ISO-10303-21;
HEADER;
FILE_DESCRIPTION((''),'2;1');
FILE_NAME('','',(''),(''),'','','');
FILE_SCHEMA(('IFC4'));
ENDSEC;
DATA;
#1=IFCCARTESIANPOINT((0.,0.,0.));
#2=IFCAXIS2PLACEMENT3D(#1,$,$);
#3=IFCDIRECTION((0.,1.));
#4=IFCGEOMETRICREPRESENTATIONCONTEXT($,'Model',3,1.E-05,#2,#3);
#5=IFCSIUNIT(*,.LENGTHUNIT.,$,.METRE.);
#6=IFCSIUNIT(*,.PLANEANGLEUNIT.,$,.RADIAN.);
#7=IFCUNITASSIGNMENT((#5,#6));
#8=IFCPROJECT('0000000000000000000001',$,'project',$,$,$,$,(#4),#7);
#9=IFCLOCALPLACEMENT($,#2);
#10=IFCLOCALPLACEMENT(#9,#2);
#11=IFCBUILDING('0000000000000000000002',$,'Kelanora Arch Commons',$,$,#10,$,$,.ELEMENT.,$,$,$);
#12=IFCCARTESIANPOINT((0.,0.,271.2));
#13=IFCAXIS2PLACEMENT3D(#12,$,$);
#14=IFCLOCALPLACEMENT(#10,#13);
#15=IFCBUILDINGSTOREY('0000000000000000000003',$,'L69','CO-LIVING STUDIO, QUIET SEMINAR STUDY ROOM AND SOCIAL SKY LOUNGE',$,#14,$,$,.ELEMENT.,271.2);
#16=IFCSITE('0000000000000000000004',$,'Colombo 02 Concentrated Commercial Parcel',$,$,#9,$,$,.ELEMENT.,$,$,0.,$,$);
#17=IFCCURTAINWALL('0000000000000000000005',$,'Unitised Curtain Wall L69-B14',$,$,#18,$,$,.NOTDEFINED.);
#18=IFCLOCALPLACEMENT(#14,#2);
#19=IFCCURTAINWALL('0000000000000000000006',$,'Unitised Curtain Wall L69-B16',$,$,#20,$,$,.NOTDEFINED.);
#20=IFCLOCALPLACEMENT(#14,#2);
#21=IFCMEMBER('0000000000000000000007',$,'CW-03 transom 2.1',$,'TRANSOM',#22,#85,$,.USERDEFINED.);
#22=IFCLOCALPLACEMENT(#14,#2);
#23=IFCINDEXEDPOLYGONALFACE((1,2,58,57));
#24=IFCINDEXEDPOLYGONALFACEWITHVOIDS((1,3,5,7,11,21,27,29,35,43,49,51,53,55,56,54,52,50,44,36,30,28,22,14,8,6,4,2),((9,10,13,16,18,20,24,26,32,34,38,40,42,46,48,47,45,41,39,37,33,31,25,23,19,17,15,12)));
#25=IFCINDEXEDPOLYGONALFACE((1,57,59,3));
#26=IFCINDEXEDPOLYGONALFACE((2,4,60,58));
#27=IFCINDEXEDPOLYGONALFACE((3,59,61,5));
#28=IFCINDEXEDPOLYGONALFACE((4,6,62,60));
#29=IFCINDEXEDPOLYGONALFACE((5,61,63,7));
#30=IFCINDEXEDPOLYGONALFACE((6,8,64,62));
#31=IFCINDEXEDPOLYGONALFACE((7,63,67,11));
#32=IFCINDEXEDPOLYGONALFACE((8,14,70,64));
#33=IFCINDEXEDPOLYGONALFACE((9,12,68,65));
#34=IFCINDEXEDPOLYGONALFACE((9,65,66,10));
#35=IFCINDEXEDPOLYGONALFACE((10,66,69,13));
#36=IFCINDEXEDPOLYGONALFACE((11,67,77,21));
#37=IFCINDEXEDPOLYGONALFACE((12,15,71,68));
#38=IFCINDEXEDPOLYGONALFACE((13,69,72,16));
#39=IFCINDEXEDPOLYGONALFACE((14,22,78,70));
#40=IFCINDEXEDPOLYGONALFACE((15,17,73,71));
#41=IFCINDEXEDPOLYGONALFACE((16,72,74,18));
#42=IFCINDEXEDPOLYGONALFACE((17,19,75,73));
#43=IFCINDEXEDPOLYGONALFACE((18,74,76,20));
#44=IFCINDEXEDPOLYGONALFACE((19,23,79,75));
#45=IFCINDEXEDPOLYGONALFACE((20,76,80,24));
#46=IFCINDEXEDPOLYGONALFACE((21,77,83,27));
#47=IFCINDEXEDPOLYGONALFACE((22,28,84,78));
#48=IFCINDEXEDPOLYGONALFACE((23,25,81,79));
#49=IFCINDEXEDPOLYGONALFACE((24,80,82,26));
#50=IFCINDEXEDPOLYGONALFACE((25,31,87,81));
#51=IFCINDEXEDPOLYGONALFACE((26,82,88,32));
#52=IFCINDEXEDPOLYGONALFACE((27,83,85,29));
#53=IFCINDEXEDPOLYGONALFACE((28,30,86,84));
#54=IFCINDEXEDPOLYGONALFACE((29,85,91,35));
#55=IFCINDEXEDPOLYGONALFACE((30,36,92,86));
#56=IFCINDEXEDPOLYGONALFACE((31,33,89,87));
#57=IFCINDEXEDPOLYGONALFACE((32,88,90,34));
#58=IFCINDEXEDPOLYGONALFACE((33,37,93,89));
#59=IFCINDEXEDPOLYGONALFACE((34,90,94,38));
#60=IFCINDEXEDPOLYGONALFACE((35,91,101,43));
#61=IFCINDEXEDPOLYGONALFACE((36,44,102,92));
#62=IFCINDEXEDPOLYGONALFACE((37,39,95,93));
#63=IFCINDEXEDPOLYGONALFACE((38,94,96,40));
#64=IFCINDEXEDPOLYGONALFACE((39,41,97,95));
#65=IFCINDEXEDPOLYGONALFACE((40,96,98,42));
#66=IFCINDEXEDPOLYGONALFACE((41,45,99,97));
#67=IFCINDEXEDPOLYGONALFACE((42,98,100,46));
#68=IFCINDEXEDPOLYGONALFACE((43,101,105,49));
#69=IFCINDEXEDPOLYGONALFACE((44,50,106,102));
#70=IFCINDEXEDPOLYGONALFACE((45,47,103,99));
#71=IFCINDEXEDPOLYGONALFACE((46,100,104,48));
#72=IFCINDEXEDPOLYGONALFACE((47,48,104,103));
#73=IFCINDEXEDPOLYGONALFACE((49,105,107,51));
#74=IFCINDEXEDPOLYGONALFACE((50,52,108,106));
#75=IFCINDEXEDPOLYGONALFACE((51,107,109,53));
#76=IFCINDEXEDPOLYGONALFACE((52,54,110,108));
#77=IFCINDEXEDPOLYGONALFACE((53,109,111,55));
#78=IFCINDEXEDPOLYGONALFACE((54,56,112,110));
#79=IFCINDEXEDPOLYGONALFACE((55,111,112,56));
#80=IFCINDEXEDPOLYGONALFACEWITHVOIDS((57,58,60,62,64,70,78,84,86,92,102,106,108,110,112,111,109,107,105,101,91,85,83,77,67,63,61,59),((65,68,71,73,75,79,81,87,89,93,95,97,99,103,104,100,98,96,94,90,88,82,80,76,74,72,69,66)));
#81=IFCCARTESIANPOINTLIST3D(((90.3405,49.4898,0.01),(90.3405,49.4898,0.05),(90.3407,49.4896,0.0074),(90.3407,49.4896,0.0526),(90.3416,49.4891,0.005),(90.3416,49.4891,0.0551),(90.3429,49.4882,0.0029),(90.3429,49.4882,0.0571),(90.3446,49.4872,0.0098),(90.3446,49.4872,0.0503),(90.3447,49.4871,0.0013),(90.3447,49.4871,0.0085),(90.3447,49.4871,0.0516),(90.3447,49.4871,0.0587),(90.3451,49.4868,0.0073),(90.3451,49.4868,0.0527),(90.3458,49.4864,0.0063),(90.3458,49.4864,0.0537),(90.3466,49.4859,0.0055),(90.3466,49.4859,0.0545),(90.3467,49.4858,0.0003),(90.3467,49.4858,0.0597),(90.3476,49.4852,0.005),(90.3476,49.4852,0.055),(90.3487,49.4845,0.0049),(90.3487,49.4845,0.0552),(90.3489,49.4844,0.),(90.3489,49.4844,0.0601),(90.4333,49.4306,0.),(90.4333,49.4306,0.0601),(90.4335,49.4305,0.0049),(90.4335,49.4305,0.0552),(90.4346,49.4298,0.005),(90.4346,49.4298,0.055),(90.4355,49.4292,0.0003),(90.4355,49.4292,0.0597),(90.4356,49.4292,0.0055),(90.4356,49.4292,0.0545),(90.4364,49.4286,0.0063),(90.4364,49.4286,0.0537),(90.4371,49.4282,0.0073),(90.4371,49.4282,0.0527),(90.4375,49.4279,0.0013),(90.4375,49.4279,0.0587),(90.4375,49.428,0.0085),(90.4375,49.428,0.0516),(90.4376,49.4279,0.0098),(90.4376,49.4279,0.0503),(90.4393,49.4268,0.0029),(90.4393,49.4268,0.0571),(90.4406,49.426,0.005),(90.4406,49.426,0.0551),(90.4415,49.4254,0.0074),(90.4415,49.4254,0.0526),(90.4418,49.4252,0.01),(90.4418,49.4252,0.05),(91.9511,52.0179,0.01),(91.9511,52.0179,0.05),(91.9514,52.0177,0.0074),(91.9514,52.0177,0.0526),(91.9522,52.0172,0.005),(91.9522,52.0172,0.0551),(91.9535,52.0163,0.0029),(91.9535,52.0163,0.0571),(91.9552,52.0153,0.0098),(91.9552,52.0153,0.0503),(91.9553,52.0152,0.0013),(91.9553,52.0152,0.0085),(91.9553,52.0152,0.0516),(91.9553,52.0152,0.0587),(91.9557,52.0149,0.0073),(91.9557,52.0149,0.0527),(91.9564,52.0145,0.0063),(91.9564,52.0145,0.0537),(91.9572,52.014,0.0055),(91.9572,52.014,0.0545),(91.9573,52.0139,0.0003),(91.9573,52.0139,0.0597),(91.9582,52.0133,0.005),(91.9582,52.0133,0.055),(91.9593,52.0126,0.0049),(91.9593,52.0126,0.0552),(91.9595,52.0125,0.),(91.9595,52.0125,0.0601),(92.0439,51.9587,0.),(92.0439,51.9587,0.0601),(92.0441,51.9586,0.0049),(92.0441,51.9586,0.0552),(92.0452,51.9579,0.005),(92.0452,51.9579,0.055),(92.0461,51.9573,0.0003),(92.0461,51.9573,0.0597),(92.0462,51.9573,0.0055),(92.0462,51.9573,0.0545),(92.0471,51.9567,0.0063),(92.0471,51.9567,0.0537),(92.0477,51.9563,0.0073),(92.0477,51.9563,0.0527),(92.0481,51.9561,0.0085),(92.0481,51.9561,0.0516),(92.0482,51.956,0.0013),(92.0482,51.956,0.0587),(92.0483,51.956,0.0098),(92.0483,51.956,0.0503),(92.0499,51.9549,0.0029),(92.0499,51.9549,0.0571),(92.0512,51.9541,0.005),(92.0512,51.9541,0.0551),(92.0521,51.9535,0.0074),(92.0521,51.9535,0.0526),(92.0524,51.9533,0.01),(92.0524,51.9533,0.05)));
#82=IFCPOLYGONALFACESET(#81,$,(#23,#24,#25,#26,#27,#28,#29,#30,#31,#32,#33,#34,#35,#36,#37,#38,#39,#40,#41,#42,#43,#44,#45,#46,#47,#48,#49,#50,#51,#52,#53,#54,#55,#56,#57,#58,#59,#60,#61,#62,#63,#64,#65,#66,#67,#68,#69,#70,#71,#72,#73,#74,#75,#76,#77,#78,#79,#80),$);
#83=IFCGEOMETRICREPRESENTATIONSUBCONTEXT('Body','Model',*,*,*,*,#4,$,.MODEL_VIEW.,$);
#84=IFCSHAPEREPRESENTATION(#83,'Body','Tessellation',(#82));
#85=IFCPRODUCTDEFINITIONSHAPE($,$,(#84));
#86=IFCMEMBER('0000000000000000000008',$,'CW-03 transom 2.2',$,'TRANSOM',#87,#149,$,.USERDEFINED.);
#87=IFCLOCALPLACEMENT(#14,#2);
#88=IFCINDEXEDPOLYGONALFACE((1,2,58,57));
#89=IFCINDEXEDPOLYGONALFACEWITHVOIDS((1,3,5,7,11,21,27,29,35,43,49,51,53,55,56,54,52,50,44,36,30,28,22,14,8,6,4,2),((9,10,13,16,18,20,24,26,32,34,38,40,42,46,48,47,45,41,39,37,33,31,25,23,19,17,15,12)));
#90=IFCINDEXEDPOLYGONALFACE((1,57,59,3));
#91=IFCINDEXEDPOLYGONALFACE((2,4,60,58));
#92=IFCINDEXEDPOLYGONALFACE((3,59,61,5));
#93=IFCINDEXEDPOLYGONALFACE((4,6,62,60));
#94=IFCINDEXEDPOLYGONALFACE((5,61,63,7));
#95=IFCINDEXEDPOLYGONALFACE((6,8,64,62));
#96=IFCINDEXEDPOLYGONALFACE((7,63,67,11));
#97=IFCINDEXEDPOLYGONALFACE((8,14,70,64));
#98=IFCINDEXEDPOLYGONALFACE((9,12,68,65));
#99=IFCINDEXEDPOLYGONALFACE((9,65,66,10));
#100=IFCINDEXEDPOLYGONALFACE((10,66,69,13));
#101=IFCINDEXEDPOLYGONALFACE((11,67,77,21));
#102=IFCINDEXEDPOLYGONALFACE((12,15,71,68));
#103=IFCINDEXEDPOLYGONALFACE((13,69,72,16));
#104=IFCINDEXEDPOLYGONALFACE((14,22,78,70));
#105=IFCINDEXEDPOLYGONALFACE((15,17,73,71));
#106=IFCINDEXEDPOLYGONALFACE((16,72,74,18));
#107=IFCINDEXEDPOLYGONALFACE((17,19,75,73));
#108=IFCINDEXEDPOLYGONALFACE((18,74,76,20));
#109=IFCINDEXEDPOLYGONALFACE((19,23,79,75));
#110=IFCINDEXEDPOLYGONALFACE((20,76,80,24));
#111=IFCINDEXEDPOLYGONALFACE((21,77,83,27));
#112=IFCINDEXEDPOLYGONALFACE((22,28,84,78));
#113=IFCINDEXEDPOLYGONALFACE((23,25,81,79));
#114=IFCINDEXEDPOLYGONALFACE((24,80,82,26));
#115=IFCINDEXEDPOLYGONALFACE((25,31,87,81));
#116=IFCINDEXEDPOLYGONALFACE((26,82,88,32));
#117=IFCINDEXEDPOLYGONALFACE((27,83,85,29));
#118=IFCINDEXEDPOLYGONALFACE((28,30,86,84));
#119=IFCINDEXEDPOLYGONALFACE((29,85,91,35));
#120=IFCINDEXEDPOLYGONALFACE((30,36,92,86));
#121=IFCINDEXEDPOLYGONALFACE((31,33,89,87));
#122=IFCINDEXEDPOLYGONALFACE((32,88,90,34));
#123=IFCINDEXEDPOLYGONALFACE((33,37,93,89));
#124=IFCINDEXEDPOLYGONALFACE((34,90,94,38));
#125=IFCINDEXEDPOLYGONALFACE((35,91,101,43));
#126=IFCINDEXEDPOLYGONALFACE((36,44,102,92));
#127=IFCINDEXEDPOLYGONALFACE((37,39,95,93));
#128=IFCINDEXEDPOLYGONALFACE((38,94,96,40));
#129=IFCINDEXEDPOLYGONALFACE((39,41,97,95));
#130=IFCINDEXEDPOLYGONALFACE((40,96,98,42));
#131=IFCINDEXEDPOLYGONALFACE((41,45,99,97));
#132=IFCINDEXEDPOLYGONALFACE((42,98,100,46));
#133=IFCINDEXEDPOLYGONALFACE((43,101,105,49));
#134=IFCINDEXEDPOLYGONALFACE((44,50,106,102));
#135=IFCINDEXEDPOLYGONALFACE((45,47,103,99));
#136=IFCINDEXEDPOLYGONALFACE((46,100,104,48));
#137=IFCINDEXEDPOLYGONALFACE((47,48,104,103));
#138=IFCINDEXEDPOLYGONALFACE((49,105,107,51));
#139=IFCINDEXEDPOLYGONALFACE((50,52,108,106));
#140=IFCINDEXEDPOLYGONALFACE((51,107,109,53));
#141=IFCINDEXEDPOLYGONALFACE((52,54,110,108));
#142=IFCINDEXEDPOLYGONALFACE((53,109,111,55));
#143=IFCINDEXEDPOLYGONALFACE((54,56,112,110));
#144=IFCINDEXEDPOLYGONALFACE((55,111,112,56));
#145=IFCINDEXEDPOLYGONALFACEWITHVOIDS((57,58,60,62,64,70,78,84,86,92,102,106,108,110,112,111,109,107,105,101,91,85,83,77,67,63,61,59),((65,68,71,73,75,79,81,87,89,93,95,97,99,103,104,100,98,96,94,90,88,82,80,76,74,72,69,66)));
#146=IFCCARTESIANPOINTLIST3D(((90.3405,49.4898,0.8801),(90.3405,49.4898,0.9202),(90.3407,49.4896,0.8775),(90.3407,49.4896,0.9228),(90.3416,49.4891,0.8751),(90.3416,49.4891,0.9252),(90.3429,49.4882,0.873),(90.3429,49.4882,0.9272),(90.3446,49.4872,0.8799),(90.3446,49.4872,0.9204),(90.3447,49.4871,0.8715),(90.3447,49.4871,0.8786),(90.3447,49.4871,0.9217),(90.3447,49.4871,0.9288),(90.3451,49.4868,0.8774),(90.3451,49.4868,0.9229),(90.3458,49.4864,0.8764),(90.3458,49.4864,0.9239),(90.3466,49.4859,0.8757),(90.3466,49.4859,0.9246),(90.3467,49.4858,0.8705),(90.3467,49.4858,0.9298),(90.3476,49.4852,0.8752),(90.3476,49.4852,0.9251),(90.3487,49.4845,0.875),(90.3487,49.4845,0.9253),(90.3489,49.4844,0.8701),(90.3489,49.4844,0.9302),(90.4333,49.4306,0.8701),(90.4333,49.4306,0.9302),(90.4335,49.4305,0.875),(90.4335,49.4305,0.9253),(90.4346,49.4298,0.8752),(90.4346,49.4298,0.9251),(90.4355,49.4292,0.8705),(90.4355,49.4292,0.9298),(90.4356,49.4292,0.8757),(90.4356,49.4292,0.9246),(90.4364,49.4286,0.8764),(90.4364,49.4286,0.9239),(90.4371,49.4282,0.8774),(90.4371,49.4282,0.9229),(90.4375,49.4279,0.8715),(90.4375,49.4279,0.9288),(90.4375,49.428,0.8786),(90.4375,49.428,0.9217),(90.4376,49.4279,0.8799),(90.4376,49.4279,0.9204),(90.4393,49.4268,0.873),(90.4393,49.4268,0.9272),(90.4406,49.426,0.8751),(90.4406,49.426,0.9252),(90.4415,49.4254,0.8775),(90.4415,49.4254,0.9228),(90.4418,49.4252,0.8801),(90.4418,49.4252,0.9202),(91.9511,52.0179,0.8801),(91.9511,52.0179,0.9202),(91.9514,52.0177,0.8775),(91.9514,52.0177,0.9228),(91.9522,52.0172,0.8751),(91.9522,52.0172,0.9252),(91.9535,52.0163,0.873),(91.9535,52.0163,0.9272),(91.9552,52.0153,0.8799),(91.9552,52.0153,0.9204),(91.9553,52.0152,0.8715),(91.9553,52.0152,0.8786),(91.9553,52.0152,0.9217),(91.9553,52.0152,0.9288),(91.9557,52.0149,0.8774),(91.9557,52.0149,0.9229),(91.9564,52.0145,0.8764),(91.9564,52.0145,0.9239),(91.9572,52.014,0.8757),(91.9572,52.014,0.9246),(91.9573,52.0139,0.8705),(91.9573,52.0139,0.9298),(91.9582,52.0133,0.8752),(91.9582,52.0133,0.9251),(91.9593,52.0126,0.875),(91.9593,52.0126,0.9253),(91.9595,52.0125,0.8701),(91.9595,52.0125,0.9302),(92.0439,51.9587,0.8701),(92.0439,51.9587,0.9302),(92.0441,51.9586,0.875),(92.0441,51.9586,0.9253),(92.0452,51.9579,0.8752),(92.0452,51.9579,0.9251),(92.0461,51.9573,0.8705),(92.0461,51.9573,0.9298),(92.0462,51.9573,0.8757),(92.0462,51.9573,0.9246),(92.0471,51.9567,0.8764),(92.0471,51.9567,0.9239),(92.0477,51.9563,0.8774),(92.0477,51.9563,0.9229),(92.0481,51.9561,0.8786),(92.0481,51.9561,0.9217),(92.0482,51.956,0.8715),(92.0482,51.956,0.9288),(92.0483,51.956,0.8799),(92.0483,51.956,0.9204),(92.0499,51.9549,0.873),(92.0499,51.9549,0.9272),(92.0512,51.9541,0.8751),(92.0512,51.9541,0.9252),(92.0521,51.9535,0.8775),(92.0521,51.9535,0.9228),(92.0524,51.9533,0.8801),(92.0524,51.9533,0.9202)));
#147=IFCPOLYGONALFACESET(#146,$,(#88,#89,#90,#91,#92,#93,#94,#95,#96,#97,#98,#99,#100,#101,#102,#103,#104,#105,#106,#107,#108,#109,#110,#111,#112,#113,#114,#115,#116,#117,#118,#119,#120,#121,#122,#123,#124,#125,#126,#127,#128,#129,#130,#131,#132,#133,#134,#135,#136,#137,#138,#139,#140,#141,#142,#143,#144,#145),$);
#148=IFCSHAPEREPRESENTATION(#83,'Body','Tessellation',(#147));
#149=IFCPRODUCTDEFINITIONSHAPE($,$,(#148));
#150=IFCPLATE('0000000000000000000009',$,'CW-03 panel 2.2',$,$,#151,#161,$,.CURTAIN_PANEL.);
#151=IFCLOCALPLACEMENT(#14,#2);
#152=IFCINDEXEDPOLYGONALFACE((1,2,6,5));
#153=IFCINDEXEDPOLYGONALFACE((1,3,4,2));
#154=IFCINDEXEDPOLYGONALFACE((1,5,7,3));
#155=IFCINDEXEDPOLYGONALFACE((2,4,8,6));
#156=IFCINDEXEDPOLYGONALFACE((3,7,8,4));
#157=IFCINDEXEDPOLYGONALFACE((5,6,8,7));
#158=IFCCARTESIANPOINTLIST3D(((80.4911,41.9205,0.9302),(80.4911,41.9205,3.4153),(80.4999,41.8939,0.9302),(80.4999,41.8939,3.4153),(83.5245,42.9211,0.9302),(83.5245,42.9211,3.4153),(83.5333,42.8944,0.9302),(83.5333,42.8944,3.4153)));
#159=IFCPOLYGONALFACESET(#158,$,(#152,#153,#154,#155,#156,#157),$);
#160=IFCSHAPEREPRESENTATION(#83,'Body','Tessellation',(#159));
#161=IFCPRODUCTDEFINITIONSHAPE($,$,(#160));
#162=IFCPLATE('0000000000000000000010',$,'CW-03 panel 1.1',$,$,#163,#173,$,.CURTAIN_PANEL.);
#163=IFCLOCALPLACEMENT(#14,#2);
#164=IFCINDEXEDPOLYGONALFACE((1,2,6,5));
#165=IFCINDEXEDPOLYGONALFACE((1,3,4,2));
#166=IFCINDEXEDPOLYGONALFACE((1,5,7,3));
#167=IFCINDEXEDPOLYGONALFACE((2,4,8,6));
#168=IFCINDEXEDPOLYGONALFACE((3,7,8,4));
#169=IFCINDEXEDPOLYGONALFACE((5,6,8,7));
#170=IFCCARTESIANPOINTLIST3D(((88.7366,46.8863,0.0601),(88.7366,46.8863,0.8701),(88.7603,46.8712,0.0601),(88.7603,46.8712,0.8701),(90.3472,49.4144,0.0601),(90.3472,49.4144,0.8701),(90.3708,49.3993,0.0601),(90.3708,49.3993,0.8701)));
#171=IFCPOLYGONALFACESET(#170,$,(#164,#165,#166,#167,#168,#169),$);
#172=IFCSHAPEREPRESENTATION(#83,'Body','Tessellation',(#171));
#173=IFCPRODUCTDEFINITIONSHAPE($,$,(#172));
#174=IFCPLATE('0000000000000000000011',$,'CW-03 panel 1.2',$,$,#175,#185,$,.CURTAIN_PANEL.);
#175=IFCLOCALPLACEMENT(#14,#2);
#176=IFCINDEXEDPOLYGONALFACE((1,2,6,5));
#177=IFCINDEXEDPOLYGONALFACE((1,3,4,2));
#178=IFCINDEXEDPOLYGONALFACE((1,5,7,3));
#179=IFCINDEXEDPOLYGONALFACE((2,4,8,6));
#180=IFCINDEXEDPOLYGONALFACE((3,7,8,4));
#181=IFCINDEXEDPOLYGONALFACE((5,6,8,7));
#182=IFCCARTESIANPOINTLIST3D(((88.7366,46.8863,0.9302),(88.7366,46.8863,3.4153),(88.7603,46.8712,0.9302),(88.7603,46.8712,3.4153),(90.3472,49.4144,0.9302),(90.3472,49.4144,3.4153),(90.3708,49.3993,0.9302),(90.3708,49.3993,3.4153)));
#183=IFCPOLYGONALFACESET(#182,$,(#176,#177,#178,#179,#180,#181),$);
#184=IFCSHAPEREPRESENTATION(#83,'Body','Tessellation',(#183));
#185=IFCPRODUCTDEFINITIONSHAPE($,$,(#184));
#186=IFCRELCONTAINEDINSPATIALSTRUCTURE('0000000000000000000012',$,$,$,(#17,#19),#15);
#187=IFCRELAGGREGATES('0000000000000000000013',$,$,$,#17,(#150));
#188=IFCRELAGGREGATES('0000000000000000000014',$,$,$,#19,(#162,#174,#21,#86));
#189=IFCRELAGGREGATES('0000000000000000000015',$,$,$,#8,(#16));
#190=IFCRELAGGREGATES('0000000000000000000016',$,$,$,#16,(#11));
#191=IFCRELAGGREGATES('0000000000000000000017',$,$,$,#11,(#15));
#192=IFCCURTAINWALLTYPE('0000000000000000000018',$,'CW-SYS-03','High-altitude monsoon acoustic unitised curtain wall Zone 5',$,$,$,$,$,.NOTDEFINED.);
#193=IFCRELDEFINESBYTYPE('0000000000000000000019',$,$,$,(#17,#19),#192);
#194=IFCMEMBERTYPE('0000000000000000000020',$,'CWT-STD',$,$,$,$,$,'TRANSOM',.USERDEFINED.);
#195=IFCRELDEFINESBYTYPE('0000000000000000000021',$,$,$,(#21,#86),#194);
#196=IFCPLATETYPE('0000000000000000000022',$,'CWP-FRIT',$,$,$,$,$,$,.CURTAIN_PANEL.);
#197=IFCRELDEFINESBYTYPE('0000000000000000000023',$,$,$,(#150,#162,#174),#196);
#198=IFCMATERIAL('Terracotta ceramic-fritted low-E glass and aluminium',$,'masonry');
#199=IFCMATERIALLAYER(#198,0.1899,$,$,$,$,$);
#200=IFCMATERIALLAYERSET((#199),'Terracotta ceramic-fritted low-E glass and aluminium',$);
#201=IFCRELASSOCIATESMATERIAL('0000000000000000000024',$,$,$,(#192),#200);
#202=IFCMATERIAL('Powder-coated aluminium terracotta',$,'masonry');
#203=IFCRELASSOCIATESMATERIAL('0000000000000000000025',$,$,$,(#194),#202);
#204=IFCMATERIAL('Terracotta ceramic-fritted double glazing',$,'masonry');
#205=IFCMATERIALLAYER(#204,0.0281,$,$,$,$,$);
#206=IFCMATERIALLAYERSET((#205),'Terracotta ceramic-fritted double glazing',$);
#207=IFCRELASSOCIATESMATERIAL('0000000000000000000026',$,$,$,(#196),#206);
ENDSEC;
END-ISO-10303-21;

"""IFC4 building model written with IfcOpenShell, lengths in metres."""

from ifc_helpers import new_model, si_unit, direction, frame, origin, origin_2d, place, context, subcontext, project, spatial, rectangle, hollow_rectangle, extrude, source, transform, mapped, material, layer, layer_set, material_profile, profile_set, type_object, element, aggregate, save


model = new_model("IFC4")

# Units and contexts
model_context = context("Model", 3, precision=1e-05, world=origin(), true_north=direction((0.0, 1.0)))
body_context = subcontext(model_context, "Body", "Model", "MODEL_VIEW")
ifc_project = project(units=[si_unit("LENGTHUNIT", "METRE"), si_unit("PLANEANGLEUNIT", "RADIAN")], contexts=[model_context])

# Site, building, storey
site_placement = place(None, origin())
site = spatial("IfcSite", under=ifc_project, at=site_placement, Name="Colombo 02 Concentrated Commercial Parcel", CompositionType="ELEMENT", RefElevation=0.0)
building_placement = place(site_placement, origin())
building = spatial("IfcBuilding", under=site, at=building_placement, Name="Kelanora Arch Commons", CompositionType="ELEMENT")
storey_placement = place(building_placement, frame((0.0, 0.0, 271.2)))
storey = spatial("IfcBuildingStorey", under=building, at=storey_placement, Name="L69", Description="CO-LIVING STUDIO, QUIET SEMINAR STUDY ROOM AND SOCIAL SKY LOUNGE", CompositionType="ELEMENT", Elevation=271.2)

# Curtain wall
ifc_material_1 = material(Name="Terracotta ceramic-fritted low-E glass and aluminium", Category="masonry")
ifc_layer_1 = layer(ifc_material_1, 0.1899)
ifc_layer_set_1 = layer_set([ifc_layer_1], Name="Terracotta ceramic-fritted low-E glass and aluminium")
curtain_wall_type = type_object("IfcCurtainWallType", Name="CW-SYS-03", Description="High-altitude monsoon acoustic unitised curtain wall Zone 5", PredefinedType="NOTDEFINED", material=ifc_layer_set_1)
curtain_wall_1_placement = place(storey_placement, origin())
curtain_wall_1 = element("IfcCurtainWall", 1, at=curtain_wall_1_placement, inside=storey, type_object=curtain_wall_type, Name="Unitised Curtain Wall L69-B14", PredefinedType="NOTDEFINED")
ifc_material_2 = material(Name="Powder-coated aluminium terracotta", Category="masonry")

# Curtain wall, members
curtain_wall_2_placement = place(storey_placement, origin())
curtain_wall_2 = element("IfcCurtainWall", 2, at=curtain_wall_2_placement, inside=storey, type_object=curtain_wall_type, Name="Unitised Curtain Wall L69-B16", PredefinedType="NOTDEFINED")
ifc_material_profile_1 = material_profile(ifc_material_2, hollow_rectangle(XDim=0.1201, YDim=0.0601, WallThickness=0.0049, InnerFilletRadius=0.0049, OuterFilletRadius=0.01, at=origin_2d()), Name="CWT120x60")
ifc_profile_set_1 = profile_set([ifc_material_profile_1], Name="Powder-coated aluminium terracotta")
member_type_1 = type_object("IfcMemberType", Name="CWT-STD", ElementType="TRANSOM", PredefinedType="USERDEFINED", material=ifc_profile_set_1)
member_1_placement = place(storey_placement, frame((90.3911, 49.4575, 0.03), z_axis=(0.537308, 0.843386, 0.0), x_axis=(-0.843386, 0.537308, 0.0)))
member_1 = element("IfcMember", 3, at=member_1_placement, type_object=member_type_1, Name="CW-03 transom 2.1", ObjectType="TRANSOM", PredefinedType="USERDEFINED", context=body_context, shape_type="SweptSolid", body=[
    extrude(hollow_rectangle(XDim=0.1201, YDim=0.0601, WallThickness=0.0049, InnerFilletRadius=0.0049, OuterFilletRadius=0.01, at=origin_2d()), origin(), (0.0, 0.0, 1.0), 2.9976),
])
member_2_placement = place(storey_placement, frame((90.3911, 49.4575, 0.9001), z_axis=(0.537308, 0.843386, 0.0), x_axis=(-0.843386, 0.537308, 0.0)))
member_2 = element("IfcMember", 4, at=member_2_placement, type_object=member_type_1, Name="CW-03 transom 2.2", ObjectType="TRANSOM", PredefinedType="USERDEFINED", context=body_context, shape_type="SweptSolid", body=[
    extrude(hollow_rectangle(XDim=0.1201, YDim=0.0601, WallThickness=0.0049, InnerFilletRadius=0.0049, OuterFilletRadius=0.01, at=origin_2d()), origin(), (0.0, 0.0, 1.0), 2.9976),
])

# Plates
ifc_material_3 = material(Name="Terracotta ceramic-fritted double glazing", Category="masonry")
ifc_layer_2 = layer(ifc_material_3, 0.0281)
ifc_layer_set_2 = layer_set([ifc_layer_2], Name="Terracotta ceramic-fritted double glazing")
plate_type = type_object("IfcPlateType", Name="CWP-FRIT", PredefinedType="CURTAIN_PANEL", material=ifc_layer_set_2)
shared_shape_1 = source(origin(), body_context, "Body", "SweptSolid", [
    extrude(rectangle(XDim=3.1941, YDim=0.0281, at=origin_2d()), origin(), (0.0, 0.0, 1.0), 2.4851),
])
plate_1_placement = place(storey_placement, frame((82.0122, 42.4075, 0.9302), z_axis=(0.0, 0.0, 1.0), x_axis=(0.94967, 0.313253, 0.0)))
plate_1 = element("IfcPlate", 5, at=plate_1_placement, type_object=plate_type, Name="CW-03 panel 2.2", PredefinedType="CURTAIN_PANEL", context=body_context, shape_type="MappedRepresentation", body=[
    mapped(shared_shape_1, transform((0.0, 0.0, 0.0), scale=1.0)),
])
aggregate(curtain_wall_1, [plate_1])
shared_shape_2 = source(origin(), body_context, "Body", "SweptSolid", [
    extrude(rectangle(XDim=2.9976, YDim=0.0281, at=origin_2d()), origin(), (0.0, 0.0, 1.0), 0.8101),
])
plate_2_placement = place(storey_placement, frame((89.5537, 48.1428, 0.0601), z_axis=(0.0, 0.0, 1.0), x_axis=(0.5373, 0.843391, 0.0)))
plate_2 = element("IfcPlate", 6, at=plate_2_placement, type_object=plate_type, Name="CW-03 panel 1.1", PredefinedType="CURTAIN_PANEL", context=body_context, shape_type="MappedRepresentation", body=[
    mapped(shared_shape_2, transform((0.0, 0.0, 0.0), scale=1.0)),
])
shared_shape_3 = source(origin(), body_context, "Body", "SweptSolid", [
    extrude(rectangle(XDim=2.9976, YDim=0.0281, at=origin_2d()), origin(), (0.0, 0.0, 1.0), 2.4851),
])
plate_3_placement = place(storey_placement, frame((89.5537, 48.1428, 0.9302), z_axis=(0.0, 0.0, 1.0), x_axis=(0.5373, 0.843391, 0.0)))
plate_3 = element("IfcPlate", 7, at=plate_3_placement, type_object=plate_type, Name="CW-03 panel 1.2", PredefinedType="CURTAIN_PANEL", context=body_context, shape_type="MappedRepresentation", body=[
    mapped(shared_shape_3, transform((0.0, 0.0, 0.0), scale=1.0)),
])
aggregate(curtain_wall_2, [plate_2, plate_3, member_1, member_2])

save(model, "model.ifc")
